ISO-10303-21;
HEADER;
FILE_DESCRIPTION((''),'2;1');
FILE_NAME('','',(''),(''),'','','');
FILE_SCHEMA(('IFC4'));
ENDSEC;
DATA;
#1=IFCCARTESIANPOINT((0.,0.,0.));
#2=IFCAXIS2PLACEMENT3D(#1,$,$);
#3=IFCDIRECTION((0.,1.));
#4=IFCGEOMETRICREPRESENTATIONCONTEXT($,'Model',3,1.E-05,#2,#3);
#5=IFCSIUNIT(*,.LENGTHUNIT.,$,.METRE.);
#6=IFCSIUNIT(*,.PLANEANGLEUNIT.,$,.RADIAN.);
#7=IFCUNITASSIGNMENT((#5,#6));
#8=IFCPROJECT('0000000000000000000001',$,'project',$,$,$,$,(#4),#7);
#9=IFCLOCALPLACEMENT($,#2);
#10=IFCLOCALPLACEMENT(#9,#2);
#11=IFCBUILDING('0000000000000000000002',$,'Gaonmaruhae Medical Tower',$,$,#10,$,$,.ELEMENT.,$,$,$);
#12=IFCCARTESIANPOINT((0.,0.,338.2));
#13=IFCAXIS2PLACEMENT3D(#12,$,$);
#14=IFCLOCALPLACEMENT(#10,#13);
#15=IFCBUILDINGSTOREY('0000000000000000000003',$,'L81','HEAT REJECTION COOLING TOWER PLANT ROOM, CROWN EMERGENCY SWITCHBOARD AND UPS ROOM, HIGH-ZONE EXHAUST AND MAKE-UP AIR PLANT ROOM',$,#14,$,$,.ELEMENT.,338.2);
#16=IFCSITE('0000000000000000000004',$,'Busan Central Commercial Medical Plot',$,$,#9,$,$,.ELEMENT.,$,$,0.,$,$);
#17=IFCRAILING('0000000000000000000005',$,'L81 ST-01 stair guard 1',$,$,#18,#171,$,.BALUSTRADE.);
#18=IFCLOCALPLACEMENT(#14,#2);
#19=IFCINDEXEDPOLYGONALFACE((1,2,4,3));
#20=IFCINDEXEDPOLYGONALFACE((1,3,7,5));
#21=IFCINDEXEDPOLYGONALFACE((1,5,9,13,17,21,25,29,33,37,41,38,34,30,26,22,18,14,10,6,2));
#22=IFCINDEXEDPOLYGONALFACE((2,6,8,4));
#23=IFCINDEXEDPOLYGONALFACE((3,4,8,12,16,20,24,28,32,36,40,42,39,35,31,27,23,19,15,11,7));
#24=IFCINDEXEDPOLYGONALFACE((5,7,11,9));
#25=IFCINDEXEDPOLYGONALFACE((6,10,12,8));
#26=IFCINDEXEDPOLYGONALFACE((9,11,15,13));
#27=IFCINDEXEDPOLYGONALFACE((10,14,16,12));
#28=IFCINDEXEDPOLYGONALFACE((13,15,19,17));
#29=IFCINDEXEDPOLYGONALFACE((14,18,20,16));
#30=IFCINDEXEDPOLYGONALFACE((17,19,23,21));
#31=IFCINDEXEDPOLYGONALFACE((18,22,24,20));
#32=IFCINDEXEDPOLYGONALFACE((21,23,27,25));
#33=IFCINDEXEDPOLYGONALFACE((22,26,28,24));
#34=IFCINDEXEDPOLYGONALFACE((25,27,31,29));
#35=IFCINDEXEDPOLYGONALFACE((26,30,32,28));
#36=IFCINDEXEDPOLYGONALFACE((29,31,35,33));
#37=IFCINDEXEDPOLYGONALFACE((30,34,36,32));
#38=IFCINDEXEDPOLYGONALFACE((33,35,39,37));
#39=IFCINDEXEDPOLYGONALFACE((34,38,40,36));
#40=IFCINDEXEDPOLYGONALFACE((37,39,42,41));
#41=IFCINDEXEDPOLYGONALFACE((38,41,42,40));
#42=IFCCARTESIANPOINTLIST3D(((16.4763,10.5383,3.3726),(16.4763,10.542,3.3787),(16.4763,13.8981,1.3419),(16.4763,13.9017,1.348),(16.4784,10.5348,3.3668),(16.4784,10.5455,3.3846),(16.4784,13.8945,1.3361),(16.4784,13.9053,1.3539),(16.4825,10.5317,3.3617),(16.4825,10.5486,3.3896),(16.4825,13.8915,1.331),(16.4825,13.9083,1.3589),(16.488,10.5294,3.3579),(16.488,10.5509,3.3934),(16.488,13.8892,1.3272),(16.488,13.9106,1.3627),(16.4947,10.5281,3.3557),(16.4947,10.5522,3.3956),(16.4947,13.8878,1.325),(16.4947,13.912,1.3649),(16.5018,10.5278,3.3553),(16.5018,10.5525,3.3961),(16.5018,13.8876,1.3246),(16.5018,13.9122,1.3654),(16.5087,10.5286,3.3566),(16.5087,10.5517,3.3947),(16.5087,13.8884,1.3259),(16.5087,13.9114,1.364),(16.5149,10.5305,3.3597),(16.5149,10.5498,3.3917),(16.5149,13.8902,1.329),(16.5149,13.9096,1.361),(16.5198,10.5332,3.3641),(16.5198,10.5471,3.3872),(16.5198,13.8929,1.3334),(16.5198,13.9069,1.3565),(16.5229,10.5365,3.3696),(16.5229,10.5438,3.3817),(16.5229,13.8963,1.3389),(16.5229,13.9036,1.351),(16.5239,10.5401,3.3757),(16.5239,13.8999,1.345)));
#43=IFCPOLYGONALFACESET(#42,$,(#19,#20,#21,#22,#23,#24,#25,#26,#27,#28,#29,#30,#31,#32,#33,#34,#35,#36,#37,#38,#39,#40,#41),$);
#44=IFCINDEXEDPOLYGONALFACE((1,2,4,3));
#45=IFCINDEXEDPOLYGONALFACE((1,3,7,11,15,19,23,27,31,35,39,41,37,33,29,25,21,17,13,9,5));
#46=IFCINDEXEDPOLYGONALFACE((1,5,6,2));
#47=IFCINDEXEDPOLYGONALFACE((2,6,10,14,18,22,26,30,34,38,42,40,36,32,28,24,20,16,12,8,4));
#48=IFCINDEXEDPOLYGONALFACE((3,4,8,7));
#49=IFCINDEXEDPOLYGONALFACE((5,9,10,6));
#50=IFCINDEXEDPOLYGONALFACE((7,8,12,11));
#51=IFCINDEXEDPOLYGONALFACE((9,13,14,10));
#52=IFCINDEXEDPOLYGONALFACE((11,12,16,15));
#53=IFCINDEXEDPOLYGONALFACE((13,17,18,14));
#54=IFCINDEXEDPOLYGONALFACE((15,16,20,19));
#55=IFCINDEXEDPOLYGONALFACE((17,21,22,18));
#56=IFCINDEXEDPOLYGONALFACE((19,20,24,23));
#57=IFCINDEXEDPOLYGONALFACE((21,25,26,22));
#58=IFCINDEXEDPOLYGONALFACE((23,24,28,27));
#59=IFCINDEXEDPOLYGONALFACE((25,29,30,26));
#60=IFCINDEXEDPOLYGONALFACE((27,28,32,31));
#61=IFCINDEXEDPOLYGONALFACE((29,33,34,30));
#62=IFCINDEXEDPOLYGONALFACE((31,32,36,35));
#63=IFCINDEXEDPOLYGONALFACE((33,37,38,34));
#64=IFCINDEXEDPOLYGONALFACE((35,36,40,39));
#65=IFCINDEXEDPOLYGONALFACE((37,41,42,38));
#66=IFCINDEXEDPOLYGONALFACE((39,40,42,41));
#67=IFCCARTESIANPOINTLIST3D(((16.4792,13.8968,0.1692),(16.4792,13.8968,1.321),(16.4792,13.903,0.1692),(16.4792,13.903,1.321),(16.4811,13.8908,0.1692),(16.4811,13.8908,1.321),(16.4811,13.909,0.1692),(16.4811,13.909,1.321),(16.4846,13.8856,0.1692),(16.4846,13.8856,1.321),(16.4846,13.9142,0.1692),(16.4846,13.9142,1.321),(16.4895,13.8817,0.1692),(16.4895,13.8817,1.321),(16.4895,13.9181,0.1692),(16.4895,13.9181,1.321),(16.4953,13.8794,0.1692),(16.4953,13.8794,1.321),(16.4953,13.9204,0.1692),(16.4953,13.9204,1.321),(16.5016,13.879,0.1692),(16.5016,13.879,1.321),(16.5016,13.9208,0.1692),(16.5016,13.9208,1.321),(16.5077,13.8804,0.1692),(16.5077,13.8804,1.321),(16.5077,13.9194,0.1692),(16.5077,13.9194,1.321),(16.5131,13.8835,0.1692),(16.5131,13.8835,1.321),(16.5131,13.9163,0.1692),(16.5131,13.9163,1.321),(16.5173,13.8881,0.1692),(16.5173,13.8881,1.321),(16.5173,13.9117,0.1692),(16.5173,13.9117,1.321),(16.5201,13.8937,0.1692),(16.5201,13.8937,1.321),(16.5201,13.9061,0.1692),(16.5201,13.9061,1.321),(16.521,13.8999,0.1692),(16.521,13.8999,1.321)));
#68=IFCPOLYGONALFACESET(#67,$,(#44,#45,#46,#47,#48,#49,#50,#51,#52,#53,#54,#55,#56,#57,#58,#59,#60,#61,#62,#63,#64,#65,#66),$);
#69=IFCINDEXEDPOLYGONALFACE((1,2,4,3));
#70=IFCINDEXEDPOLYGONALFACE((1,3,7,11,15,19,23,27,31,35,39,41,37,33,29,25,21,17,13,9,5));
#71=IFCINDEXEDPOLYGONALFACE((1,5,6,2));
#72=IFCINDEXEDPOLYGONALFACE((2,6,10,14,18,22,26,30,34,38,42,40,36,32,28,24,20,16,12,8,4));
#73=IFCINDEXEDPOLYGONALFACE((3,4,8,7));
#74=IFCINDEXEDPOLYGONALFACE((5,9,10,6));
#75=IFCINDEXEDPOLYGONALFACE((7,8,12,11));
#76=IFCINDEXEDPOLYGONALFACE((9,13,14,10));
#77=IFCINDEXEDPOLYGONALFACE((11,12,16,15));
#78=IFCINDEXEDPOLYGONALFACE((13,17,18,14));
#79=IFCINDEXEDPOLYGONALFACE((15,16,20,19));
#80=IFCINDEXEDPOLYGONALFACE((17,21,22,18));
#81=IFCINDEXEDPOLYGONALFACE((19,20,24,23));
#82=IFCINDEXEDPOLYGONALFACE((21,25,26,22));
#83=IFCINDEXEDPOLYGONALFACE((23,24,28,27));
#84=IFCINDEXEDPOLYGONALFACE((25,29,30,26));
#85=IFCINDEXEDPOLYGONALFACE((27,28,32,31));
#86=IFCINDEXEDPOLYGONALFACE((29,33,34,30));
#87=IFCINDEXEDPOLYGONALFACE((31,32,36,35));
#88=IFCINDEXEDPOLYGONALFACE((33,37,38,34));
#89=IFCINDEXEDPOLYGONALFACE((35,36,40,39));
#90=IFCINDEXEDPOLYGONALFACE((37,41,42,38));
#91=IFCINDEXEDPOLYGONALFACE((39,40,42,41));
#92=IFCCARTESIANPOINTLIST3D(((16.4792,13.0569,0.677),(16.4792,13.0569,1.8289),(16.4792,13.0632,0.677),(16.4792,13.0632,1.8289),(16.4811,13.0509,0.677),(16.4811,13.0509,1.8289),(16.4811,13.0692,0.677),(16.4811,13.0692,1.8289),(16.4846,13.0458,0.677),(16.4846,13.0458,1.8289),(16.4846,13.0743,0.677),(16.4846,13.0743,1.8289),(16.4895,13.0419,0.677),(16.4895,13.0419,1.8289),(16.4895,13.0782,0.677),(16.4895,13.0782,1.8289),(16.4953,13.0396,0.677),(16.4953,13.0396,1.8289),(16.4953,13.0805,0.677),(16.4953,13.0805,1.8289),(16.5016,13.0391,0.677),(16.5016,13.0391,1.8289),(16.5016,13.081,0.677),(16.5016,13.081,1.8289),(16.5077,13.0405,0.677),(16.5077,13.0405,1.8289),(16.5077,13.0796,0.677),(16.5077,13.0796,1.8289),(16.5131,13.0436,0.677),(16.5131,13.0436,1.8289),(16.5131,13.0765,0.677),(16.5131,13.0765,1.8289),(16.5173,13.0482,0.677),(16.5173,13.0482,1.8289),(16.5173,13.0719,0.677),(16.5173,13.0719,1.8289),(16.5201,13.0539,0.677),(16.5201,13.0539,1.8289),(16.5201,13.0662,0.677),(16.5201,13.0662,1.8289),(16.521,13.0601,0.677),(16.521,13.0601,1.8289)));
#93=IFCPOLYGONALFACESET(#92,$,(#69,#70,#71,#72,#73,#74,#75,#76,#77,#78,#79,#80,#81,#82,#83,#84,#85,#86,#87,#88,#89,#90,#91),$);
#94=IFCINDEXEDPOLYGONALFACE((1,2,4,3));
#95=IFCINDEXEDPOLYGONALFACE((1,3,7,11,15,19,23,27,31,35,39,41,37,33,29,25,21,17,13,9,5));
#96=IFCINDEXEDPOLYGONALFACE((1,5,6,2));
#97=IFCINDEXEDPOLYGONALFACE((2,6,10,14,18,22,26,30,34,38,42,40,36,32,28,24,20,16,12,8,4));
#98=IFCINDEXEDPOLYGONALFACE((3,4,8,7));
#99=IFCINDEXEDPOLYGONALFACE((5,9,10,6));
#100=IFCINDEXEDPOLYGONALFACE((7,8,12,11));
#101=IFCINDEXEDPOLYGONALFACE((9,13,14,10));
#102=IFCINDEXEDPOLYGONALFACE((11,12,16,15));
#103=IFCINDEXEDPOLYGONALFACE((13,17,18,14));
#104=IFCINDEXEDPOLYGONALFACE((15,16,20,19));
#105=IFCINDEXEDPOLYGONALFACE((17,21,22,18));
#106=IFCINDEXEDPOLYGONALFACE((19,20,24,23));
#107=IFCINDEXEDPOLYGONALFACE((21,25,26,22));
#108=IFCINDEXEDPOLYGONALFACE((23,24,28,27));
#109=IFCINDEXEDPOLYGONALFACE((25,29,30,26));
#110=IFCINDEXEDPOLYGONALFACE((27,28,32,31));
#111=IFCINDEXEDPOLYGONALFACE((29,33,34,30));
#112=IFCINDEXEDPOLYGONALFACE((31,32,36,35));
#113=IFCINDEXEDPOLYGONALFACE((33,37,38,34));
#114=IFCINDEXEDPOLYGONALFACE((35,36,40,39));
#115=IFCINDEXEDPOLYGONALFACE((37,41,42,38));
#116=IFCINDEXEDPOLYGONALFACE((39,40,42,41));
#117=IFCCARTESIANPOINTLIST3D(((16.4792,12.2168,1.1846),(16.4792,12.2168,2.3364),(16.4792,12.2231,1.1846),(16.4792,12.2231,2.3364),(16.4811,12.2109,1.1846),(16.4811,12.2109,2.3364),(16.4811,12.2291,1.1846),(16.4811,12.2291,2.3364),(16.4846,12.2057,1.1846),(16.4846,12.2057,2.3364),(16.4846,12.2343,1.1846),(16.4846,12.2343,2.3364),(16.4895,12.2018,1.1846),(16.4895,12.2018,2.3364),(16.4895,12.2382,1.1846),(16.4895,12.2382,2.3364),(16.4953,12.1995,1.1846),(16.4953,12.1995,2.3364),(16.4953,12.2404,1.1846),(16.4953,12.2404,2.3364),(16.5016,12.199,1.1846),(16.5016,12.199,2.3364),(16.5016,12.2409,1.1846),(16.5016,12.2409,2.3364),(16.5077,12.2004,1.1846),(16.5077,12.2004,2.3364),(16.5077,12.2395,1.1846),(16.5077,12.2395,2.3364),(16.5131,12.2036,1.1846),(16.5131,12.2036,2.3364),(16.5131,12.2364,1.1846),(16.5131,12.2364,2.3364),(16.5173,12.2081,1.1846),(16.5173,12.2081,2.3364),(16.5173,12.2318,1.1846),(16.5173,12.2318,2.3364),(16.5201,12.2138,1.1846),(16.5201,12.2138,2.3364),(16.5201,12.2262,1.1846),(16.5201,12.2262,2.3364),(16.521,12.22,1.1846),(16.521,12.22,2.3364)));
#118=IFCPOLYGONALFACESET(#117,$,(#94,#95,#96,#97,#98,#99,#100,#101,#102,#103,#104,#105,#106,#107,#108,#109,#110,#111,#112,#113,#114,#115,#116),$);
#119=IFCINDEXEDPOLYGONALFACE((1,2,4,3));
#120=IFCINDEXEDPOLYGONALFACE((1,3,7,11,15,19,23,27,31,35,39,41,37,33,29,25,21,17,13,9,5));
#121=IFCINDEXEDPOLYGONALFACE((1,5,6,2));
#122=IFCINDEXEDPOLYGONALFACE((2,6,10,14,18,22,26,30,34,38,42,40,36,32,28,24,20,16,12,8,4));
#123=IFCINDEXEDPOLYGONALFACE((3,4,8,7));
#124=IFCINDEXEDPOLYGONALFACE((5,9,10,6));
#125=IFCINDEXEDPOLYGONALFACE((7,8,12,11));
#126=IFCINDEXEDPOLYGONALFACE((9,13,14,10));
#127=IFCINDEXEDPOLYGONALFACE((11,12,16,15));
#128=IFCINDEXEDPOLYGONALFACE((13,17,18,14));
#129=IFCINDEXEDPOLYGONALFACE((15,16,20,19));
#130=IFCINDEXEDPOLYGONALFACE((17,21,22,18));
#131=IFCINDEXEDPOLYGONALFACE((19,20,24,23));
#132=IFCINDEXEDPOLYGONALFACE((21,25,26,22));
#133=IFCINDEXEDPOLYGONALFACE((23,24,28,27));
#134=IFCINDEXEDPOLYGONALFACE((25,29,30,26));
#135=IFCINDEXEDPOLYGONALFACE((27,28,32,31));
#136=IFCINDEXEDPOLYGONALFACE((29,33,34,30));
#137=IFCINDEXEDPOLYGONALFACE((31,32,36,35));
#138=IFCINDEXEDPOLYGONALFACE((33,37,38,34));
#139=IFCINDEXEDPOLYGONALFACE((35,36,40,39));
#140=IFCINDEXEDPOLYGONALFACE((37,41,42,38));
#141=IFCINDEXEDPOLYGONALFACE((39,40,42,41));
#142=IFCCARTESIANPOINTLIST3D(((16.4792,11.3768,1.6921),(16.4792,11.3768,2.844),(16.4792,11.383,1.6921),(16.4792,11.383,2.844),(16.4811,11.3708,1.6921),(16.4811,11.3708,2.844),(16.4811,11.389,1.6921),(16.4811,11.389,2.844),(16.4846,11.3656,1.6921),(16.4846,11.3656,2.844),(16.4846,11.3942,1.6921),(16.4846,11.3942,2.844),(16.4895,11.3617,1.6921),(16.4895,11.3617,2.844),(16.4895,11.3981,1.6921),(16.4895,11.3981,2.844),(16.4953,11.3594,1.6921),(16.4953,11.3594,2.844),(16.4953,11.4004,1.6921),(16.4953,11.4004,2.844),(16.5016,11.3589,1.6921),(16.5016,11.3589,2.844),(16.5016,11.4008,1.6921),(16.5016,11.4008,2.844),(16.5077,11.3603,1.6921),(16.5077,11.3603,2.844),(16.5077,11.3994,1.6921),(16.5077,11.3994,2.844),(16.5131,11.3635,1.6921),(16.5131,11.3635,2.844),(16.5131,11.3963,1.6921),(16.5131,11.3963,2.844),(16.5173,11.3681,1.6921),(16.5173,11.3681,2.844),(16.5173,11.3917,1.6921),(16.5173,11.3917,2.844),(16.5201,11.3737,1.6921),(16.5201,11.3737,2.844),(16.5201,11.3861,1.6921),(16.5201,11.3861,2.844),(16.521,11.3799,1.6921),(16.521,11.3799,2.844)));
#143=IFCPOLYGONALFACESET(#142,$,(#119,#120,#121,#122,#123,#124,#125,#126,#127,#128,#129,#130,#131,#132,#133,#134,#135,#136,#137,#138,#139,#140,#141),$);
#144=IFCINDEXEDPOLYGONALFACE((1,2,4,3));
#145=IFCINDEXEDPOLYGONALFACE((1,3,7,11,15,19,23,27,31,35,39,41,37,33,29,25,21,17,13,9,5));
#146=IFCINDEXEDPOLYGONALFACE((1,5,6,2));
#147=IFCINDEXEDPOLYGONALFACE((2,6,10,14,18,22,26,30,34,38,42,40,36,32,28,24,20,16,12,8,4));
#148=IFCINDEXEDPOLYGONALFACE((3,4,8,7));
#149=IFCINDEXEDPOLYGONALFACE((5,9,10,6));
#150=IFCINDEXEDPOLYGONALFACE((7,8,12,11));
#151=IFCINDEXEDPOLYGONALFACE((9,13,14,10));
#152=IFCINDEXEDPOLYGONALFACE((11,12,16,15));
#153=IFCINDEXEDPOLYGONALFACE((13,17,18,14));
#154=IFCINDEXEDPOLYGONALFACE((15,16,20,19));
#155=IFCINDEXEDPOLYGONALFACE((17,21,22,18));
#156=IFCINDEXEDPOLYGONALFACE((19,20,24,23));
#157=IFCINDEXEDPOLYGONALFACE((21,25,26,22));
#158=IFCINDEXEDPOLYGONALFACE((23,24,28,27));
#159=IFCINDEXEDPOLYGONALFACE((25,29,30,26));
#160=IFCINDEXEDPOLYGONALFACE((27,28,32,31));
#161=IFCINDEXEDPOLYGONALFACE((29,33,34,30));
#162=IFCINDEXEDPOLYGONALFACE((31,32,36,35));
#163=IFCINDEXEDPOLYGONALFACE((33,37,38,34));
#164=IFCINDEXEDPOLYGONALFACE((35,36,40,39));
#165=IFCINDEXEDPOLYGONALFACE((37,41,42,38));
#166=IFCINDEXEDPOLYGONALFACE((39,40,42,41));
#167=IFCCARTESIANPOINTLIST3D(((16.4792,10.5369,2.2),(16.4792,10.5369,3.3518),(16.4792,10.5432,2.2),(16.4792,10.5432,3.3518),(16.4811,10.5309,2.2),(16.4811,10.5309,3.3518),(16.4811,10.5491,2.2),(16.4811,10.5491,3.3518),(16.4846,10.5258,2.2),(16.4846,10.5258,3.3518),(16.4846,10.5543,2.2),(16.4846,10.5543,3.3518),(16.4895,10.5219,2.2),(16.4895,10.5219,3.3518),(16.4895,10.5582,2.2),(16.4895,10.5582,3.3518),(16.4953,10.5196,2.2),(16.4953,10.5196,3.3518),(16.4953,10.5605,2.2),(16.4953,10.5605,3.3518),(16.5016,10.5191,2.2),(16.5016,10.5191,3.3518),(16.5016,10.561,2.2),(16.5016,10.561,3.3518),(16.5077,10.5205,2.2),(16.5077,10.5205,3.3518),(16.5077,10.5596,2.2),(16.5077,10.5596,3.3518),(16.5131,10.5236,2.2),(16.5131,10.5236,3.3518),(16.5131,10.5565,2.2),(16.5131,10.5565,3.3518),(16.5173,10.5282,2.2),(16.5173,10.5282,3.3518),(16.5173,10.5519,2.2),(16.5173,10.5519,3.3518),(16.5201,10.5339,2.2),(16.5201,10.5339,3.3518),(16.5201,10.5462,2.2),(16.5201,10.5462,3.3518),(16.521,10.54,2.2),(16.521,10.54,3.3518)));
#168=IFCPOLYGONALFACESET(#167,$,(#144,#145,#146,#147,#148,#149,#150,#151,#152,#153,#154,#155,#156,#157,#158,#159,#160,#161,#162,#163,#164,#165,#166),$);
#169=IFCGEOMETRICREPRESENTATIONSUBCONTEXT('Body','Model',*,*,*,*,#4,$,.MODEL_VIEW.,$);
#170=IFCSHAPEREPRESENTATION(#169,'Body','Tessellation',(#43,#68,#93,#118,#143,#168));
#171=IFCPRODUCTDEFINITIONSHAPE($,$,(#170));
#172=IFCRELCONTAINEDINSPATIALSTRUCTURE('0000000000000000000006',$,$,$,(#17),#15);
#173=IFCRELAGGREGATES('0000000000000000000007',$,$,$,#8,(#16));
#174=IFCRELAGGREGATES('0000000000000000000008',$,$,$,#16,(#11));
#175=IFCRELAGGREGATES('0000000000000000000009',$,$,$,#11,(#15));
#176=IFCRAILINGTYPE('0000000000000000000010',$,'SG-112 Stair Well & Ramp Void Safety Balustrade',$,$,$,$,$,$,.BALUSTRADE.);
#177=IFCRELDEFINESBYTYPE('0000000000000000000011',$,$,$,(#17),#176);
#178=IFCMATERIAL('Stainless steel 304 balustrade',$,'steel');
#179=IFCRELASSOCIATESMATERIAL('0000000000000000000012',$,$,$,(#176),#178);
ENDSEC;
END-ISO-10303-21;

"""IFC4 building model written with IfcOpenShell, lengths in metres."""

from ifc_helpers import new_model, si_unit, direction, frame, origin, origin_2d, place, context, subcontext, project, spatial, circle, extrude, material, type_object, element, save


model = new_model("IFC4")

# Units and contexts
model_context = context("Model", 3, precision=1e-05, world=origin(), true_north=direction((0.0, 1.0)))
body_context = subcontext(model_context, "Body", "Model", "MODEL_VIEW")
ifc_project = project(units=[si_unit("LENGTHUNIT", "METRE"), si_unit("PLANEANGLEUNIT", "RADIAN")], contexts=[model_context])

# Site, building, storey
site_placement = place(None, origin())
site = spatial("IfcSite", under=ifc_project, at=site_placement, Name="Busan Central Commercial Medical Plot", CompositionType="ELEMENT", RefElevation=0.0)
building_placement = place(site_placement, origin())
building = spatial("IfcBuilding", under=site, at=building_placement, Name="Gaonmaruhae Medical Tower", CompositionType="ELEMENT")
storey_placement = place(building_placement, frame((0.0, 0.0, 338.2)))
storey = spatial("IfcBuildingStorey", under=building, at=storey_placement, Name="L81", Description="HEAT REJECTION COOLING TOWER PLANT ROOM, CROWN EMERGENCY SWITCHBOARD AND UPS ROOM, HIGH-ZONE EXHAUST AND MAKE-UP AIR PLANT ROOM", CompositionType="ELEMENT", Elevation=338.2)

# Railing
ifc_material_1 = material(Name="Stainless steel 304 balustrade", Category="steel")
railing_type = type_object("IfcRailingType", Name="SG-112 Stair Well & Ramp Void Safety Balustrade", PredefinedType="BALUSTRADE", material=ifc_material_1)
railing_1_placement = place(storey_placement, frame((16.5, 13.8999, 0.1692)))
element("IfcRailing", 1, at=railing_1_placement, inside=storey, type_object=railing_type, Name="L81 ST-01 stair guard 1", PredefinedType="BALUSTRADE", context=body_context, shape_type="SweptSolid", body=[
    extrude(circle(Radius=0.0239, at=origin_2d()), frame((0.0, 0.0, 1.1758), z_axis=(0.0, -0.85582, 0.517273), x_axis=(1.0, 0.0, 0.0)), (0.0, 0.0, 1.0), 3.9258),
    extrude(circle(Radius=0.021, at=origin_2d()), origin(), (0.0, 0.0, 1.0), 1.1519),
    extrude(circle(Radius=0.021, at=origin_2d()), frame((0.0, -0.8398, 0.5078)), (0.0, 0.0, 1.0), 1.1519),
    extrude(circle(Radius=0.021, at=origin_2d()), frame((0.0, -1.6799, 1.0154)), (0.0, 0.0, 1.0), 1.1519),
    extrude(circle(Radius=0.021, at=origin_2d()), frame((0.0, -2.52, 1.5229)), (0.0, 0.0, 1.0), 1.1519),
    extrude(circle(Radius=0.021, at=origin_2d()), frame((0.0, -3.3599, 2.0308)), (0.0, 0.0, 1.0), 1.1519),
])

save(model, "model.ifc")
